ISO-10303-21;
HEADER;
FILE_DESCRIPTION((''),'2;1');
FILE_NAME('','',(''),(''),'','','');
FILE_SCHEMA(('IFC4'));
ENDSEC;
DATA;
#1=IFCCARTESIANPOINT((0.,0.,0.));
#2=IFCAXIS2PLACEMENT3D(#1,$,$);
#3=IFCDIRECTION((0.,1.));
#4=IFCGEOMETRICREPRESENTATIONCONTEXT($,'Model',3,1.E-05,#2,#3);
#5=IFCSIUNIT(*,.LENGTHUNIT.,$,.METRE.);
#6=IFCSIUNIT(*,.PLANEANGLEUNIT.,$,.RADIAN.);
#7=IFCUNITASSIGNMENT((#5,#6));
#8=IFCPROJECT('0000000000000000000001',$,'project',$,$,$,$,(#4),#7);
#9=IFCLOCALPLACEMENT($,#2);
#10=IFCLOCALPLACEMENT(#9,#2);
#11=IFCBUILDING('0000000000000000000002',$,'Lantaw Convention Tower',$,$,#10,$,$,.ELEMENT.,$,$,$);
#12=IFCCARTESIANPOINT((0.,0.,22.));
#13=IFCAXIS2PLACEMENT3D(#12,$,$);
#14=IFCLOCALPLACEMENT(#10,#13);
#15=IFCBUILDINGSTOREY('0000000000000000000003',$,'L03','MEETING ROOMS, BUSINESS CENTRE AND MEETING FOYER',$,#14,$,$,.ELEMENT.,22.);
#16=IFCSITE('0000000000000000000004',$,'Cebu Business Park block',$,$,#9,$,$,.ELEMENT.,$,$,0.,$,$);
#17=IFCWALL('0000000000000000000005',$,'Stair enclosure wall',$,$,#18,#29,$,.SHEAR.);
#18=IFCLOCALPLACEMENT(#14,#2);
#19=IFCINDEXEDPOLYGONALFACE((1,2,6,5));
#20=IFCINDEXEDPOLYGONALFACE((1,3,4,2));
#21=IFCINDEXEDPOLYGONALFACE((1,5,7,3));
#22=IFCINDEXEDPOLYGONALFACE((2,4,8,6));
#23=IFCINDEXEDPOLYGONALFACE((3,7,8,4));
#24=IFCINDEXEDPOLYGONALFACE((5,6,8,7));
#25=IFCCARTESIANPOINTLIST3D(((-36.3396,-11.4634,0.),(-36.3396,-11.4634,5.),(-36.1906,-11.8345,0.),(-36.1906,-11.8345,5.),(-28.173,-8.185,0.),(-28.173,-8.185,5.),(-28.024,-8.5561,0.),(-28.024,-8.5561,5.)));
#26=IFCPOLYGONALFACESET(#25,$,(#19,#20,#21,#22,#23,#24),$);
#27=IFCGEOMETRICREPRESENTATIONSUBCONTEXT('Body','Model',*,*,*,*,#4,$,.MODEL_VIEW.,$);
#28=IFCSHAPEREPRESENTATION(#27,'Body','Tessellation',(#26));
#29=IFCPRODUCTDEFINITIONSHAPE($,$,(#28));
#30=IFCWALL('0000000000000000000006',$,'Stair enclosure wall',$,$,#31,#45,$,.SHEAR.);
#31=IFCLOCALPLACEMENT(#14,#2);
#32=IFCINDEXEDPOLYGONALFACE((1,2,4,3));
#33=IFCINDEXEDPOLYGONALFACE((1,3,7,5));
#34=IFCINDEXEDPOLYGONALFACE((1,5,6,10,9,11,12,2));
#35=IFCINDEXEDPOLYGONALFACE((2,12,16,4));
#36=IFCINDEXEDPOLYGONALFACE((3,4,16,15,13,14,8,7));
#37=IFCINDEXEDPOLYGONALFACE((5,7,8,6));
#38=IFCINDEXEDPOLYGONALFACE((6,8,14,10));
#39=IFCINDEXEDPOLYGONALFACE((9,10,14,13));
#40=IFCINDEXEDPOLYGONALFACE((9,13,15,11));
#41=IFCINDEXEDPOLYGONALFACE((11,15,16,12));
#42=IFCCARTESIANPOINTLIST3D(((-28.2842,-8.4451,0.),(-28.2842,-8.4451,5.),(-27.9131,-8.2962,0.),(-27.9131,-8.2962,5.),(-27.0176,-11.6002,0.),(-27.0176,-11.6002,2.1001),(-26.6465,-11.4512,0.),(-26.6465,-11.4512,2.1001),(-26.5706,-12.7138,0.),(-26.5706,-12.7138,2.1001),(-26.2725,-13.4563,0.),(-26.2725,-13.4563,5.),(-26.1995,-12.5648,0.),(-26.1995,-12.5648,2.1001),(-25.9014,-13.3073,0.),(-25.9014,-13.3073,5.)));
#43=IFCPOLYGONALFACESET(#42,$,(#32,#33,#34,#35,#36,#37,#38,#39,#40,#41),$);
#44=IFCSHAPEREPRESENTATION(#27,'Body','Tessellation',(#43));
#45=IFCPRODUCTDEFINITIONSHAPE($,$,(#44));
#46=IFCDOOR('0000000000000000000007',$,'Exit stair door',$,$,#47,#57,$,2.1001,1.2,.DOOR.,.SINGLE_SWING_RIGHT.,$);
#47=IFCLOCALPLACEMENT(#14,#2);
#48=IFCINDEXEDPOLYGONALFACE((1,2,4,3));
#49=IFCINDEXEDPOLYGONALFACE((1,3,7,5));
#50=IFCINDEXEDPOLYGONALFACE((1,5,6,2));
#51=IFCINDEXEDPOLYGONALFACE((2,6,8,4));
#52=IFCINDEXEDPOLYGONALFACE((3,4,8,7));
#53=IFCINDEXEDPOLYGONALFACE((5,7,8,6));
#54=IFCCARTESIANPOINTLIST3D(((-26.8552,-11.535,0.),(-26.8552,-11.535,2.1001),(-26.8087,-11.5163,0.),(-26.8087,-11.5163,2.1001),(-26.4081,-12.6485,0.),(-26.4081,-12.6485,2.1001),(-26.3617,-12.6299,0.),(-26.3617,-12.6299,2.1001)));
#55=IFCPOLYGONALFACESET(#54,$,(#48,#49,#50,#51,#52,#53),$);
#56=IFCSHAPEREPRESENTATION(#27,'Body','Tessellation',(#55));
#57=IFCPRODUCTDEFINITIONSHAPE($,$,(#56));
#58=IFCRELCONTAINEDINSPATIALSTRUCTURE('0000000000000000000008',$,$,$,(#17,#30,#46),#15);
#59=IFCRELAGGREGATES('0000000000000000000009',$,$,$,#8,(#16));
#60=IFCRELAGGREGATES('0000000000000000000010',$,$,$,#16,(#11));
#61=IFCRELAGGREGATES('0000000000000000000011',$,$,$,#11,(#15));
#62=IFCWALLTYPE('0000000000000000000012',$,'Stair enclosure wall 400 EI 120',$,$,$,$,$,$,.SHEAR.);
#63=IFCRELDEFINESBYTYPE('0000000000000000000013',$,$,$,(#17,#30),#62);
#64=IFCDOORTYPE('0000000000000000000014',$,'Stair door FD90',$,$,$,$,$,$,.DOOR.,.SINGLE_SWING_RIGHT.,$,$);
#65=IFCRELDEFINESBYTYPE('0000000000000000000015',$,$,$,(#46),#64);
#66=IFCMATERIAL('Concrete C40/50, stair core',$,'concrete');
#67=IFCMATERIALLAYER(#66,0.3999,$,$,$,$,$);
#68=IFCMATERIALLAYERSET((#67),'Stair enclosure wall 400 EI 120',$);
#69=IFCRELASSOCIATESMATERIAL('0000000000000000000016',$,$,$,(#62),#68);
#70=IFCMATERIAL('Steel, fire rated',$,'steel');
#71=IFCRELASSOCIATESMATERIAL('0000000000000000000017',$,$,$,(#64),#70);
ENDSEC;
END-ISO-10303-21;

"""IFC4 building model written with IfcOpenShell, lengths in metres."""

from ifc_helpers import new_model, si_unit, direction, frame, frame_2d, origin, place, context, subcontext, project, spatial, rectangle, extrude, material, layer, layer_set, type_object, element, fill, save


model = new_model("IFC4")

# Units and contexts
model_context = context("Model", 3, precision=1e-05, world=origin(), true_north=direction((0.0, 1.0)))
body_context = subcontext(model_context, "Body", "Model", "MODEL_VIEW")
ifc_project = project(units=[si_unit("LENGTHUNIT", "METRE"), si_unit("PLANEANGLEUNIT", "RADIAN")], contexts=[model_context])

# Site, building, storey
site_placement = place(None, origin())
site = spatial("IfcSite", under=ifc_project, at=site_placement, Name="Cebu Business Park block", CompositionType="ELEMENT", RefElevation=0.0)
building_placement = place(site_placement, origin())
building = spatial("IfcBuilding", under=site, at=building_placement, Name="Lantaw Convention Tower", CompositionType="ELEMENT")
storey_placement = place(building_placement, frame((0.0, 0.0, 22.0)))
storey = spatial("IfcBuildingStorey", under=building, at=storey_placement, Name="L03", Description="MEETING ROOMS, BUSINESS CENTRE AND MEETING FOYER", CompositionType="ELEMENT", Elevation=22.0)

# Wall
ifc_material_1 = material(Name="Concrete C40/50, stair core", Category="concrete")
ifc_layer_1 = layer(ifc_material_1, 0.3999)
ifc_layer_set_1 = layer_set([ifc_layer_1], Name="Stair enclosure wall 400 EI 120")
wall_type_1 = type_object("IfcWallType", Name="Stair enclosure wall 400 EI 120", PredefinedType="SHEAR", material=ifc_layer_set_1)
wall_1_placement = place(storey_placement, frame((-28.0986, -8.3706, 0.0), z_axis=(0.0, 0.0, 1.0), x_axis=(-0.928017, -0.372538, 0.0)))
element("IfcWall", 1, at=wall_1_placement, inside=storey, type_object=wall_type_1, Name="Stair enclosure wall", PredefinedType="SHEAR", context=body_context, shape_type="SweptSolid", body=[
    extrude(rectangle(XDim=8.8, YDim=0.3999, at=frame_2d((4.3999, 0.0))), origin(), (0.0, 0.0, 1.0), 5.0),
])

# Wall, opening, door
wall_2_placement = place(storey_placement, frame((-26.0869, -13.3818, 0.0), z_axis=(0.0, 0.0, 1.0), x_axis=(-0.372544, 0.928015, 0.0)))
wall_2 = element("IfcWall", 2, at=wall_2_placement, inside=storey, type_object=wall_type_1, Name="Stair enclosure wall", PredefinedType="SHEAR", context=body_context, shape_type="SweptSolid", body=[
    extrude(rectangle(XDim=5.3999, YDim=0.3999, at=frame_2d((2.7, 0.0))), origin(), (0.0, 0.0, 1.0), 5.0),
])
opening_1_placement = place(wall_2_placement, frame((0.8, 0.0, 0.0)))
opening_1 = element("IfcOpeningElement", 3, at=opening_1_placement, cuts=wall_2, PredefinedType="OPENING", context=body_context, shape_type="SweptSolid", body=[
    extrude(rectangle(XDim=1.2, YDim=2.1001, at=frame_2d((0.6001, 1.05))), frame((0.0, 0.21, 0.0), z_axis=(0.0, -1.0, 0.0), x_axis=(1.0, 0.0, 0.0)), (0.0, 0.0, 1.0), 0.4199),
])
ifc_material_2 = material(Name="Steel, fire rated", Category="steel")
door_type_1 = type_object("IfcDoorType", Name="Stair door FD90", OperationType="SINGLE_SWING_RIGHT", PredefinedType="DOOR", material=ifc_material_2)
door_1_placement = place(opening_1_placement, origin())
door_1 = element("IfcDoor", 4, at=door_1_placement, inside=storey, type_object=door_type_1, Name="Exit stair door", OperationType="SINGLE_SWING_RIGHT", OverallHeight=2.1001, OverallWidth=1.2, PredefinedType="DOOR", context=body_context, shape_type="SweptSolid", body=[
    extrude(rectangle(XDim=1.2, YDim=2.1001, at=frame_2d((0.6001, 1.05))), frame((0.0, 0.0249, 0.0), z_axis=(0.0, -1.0, 0.0), x_axis=(1.0, 0.0, 0.0)), (0.0, 0.0, 1.0), 0.05),
])
fill(opening_1, door_1)

save(model, "model.ifc")
